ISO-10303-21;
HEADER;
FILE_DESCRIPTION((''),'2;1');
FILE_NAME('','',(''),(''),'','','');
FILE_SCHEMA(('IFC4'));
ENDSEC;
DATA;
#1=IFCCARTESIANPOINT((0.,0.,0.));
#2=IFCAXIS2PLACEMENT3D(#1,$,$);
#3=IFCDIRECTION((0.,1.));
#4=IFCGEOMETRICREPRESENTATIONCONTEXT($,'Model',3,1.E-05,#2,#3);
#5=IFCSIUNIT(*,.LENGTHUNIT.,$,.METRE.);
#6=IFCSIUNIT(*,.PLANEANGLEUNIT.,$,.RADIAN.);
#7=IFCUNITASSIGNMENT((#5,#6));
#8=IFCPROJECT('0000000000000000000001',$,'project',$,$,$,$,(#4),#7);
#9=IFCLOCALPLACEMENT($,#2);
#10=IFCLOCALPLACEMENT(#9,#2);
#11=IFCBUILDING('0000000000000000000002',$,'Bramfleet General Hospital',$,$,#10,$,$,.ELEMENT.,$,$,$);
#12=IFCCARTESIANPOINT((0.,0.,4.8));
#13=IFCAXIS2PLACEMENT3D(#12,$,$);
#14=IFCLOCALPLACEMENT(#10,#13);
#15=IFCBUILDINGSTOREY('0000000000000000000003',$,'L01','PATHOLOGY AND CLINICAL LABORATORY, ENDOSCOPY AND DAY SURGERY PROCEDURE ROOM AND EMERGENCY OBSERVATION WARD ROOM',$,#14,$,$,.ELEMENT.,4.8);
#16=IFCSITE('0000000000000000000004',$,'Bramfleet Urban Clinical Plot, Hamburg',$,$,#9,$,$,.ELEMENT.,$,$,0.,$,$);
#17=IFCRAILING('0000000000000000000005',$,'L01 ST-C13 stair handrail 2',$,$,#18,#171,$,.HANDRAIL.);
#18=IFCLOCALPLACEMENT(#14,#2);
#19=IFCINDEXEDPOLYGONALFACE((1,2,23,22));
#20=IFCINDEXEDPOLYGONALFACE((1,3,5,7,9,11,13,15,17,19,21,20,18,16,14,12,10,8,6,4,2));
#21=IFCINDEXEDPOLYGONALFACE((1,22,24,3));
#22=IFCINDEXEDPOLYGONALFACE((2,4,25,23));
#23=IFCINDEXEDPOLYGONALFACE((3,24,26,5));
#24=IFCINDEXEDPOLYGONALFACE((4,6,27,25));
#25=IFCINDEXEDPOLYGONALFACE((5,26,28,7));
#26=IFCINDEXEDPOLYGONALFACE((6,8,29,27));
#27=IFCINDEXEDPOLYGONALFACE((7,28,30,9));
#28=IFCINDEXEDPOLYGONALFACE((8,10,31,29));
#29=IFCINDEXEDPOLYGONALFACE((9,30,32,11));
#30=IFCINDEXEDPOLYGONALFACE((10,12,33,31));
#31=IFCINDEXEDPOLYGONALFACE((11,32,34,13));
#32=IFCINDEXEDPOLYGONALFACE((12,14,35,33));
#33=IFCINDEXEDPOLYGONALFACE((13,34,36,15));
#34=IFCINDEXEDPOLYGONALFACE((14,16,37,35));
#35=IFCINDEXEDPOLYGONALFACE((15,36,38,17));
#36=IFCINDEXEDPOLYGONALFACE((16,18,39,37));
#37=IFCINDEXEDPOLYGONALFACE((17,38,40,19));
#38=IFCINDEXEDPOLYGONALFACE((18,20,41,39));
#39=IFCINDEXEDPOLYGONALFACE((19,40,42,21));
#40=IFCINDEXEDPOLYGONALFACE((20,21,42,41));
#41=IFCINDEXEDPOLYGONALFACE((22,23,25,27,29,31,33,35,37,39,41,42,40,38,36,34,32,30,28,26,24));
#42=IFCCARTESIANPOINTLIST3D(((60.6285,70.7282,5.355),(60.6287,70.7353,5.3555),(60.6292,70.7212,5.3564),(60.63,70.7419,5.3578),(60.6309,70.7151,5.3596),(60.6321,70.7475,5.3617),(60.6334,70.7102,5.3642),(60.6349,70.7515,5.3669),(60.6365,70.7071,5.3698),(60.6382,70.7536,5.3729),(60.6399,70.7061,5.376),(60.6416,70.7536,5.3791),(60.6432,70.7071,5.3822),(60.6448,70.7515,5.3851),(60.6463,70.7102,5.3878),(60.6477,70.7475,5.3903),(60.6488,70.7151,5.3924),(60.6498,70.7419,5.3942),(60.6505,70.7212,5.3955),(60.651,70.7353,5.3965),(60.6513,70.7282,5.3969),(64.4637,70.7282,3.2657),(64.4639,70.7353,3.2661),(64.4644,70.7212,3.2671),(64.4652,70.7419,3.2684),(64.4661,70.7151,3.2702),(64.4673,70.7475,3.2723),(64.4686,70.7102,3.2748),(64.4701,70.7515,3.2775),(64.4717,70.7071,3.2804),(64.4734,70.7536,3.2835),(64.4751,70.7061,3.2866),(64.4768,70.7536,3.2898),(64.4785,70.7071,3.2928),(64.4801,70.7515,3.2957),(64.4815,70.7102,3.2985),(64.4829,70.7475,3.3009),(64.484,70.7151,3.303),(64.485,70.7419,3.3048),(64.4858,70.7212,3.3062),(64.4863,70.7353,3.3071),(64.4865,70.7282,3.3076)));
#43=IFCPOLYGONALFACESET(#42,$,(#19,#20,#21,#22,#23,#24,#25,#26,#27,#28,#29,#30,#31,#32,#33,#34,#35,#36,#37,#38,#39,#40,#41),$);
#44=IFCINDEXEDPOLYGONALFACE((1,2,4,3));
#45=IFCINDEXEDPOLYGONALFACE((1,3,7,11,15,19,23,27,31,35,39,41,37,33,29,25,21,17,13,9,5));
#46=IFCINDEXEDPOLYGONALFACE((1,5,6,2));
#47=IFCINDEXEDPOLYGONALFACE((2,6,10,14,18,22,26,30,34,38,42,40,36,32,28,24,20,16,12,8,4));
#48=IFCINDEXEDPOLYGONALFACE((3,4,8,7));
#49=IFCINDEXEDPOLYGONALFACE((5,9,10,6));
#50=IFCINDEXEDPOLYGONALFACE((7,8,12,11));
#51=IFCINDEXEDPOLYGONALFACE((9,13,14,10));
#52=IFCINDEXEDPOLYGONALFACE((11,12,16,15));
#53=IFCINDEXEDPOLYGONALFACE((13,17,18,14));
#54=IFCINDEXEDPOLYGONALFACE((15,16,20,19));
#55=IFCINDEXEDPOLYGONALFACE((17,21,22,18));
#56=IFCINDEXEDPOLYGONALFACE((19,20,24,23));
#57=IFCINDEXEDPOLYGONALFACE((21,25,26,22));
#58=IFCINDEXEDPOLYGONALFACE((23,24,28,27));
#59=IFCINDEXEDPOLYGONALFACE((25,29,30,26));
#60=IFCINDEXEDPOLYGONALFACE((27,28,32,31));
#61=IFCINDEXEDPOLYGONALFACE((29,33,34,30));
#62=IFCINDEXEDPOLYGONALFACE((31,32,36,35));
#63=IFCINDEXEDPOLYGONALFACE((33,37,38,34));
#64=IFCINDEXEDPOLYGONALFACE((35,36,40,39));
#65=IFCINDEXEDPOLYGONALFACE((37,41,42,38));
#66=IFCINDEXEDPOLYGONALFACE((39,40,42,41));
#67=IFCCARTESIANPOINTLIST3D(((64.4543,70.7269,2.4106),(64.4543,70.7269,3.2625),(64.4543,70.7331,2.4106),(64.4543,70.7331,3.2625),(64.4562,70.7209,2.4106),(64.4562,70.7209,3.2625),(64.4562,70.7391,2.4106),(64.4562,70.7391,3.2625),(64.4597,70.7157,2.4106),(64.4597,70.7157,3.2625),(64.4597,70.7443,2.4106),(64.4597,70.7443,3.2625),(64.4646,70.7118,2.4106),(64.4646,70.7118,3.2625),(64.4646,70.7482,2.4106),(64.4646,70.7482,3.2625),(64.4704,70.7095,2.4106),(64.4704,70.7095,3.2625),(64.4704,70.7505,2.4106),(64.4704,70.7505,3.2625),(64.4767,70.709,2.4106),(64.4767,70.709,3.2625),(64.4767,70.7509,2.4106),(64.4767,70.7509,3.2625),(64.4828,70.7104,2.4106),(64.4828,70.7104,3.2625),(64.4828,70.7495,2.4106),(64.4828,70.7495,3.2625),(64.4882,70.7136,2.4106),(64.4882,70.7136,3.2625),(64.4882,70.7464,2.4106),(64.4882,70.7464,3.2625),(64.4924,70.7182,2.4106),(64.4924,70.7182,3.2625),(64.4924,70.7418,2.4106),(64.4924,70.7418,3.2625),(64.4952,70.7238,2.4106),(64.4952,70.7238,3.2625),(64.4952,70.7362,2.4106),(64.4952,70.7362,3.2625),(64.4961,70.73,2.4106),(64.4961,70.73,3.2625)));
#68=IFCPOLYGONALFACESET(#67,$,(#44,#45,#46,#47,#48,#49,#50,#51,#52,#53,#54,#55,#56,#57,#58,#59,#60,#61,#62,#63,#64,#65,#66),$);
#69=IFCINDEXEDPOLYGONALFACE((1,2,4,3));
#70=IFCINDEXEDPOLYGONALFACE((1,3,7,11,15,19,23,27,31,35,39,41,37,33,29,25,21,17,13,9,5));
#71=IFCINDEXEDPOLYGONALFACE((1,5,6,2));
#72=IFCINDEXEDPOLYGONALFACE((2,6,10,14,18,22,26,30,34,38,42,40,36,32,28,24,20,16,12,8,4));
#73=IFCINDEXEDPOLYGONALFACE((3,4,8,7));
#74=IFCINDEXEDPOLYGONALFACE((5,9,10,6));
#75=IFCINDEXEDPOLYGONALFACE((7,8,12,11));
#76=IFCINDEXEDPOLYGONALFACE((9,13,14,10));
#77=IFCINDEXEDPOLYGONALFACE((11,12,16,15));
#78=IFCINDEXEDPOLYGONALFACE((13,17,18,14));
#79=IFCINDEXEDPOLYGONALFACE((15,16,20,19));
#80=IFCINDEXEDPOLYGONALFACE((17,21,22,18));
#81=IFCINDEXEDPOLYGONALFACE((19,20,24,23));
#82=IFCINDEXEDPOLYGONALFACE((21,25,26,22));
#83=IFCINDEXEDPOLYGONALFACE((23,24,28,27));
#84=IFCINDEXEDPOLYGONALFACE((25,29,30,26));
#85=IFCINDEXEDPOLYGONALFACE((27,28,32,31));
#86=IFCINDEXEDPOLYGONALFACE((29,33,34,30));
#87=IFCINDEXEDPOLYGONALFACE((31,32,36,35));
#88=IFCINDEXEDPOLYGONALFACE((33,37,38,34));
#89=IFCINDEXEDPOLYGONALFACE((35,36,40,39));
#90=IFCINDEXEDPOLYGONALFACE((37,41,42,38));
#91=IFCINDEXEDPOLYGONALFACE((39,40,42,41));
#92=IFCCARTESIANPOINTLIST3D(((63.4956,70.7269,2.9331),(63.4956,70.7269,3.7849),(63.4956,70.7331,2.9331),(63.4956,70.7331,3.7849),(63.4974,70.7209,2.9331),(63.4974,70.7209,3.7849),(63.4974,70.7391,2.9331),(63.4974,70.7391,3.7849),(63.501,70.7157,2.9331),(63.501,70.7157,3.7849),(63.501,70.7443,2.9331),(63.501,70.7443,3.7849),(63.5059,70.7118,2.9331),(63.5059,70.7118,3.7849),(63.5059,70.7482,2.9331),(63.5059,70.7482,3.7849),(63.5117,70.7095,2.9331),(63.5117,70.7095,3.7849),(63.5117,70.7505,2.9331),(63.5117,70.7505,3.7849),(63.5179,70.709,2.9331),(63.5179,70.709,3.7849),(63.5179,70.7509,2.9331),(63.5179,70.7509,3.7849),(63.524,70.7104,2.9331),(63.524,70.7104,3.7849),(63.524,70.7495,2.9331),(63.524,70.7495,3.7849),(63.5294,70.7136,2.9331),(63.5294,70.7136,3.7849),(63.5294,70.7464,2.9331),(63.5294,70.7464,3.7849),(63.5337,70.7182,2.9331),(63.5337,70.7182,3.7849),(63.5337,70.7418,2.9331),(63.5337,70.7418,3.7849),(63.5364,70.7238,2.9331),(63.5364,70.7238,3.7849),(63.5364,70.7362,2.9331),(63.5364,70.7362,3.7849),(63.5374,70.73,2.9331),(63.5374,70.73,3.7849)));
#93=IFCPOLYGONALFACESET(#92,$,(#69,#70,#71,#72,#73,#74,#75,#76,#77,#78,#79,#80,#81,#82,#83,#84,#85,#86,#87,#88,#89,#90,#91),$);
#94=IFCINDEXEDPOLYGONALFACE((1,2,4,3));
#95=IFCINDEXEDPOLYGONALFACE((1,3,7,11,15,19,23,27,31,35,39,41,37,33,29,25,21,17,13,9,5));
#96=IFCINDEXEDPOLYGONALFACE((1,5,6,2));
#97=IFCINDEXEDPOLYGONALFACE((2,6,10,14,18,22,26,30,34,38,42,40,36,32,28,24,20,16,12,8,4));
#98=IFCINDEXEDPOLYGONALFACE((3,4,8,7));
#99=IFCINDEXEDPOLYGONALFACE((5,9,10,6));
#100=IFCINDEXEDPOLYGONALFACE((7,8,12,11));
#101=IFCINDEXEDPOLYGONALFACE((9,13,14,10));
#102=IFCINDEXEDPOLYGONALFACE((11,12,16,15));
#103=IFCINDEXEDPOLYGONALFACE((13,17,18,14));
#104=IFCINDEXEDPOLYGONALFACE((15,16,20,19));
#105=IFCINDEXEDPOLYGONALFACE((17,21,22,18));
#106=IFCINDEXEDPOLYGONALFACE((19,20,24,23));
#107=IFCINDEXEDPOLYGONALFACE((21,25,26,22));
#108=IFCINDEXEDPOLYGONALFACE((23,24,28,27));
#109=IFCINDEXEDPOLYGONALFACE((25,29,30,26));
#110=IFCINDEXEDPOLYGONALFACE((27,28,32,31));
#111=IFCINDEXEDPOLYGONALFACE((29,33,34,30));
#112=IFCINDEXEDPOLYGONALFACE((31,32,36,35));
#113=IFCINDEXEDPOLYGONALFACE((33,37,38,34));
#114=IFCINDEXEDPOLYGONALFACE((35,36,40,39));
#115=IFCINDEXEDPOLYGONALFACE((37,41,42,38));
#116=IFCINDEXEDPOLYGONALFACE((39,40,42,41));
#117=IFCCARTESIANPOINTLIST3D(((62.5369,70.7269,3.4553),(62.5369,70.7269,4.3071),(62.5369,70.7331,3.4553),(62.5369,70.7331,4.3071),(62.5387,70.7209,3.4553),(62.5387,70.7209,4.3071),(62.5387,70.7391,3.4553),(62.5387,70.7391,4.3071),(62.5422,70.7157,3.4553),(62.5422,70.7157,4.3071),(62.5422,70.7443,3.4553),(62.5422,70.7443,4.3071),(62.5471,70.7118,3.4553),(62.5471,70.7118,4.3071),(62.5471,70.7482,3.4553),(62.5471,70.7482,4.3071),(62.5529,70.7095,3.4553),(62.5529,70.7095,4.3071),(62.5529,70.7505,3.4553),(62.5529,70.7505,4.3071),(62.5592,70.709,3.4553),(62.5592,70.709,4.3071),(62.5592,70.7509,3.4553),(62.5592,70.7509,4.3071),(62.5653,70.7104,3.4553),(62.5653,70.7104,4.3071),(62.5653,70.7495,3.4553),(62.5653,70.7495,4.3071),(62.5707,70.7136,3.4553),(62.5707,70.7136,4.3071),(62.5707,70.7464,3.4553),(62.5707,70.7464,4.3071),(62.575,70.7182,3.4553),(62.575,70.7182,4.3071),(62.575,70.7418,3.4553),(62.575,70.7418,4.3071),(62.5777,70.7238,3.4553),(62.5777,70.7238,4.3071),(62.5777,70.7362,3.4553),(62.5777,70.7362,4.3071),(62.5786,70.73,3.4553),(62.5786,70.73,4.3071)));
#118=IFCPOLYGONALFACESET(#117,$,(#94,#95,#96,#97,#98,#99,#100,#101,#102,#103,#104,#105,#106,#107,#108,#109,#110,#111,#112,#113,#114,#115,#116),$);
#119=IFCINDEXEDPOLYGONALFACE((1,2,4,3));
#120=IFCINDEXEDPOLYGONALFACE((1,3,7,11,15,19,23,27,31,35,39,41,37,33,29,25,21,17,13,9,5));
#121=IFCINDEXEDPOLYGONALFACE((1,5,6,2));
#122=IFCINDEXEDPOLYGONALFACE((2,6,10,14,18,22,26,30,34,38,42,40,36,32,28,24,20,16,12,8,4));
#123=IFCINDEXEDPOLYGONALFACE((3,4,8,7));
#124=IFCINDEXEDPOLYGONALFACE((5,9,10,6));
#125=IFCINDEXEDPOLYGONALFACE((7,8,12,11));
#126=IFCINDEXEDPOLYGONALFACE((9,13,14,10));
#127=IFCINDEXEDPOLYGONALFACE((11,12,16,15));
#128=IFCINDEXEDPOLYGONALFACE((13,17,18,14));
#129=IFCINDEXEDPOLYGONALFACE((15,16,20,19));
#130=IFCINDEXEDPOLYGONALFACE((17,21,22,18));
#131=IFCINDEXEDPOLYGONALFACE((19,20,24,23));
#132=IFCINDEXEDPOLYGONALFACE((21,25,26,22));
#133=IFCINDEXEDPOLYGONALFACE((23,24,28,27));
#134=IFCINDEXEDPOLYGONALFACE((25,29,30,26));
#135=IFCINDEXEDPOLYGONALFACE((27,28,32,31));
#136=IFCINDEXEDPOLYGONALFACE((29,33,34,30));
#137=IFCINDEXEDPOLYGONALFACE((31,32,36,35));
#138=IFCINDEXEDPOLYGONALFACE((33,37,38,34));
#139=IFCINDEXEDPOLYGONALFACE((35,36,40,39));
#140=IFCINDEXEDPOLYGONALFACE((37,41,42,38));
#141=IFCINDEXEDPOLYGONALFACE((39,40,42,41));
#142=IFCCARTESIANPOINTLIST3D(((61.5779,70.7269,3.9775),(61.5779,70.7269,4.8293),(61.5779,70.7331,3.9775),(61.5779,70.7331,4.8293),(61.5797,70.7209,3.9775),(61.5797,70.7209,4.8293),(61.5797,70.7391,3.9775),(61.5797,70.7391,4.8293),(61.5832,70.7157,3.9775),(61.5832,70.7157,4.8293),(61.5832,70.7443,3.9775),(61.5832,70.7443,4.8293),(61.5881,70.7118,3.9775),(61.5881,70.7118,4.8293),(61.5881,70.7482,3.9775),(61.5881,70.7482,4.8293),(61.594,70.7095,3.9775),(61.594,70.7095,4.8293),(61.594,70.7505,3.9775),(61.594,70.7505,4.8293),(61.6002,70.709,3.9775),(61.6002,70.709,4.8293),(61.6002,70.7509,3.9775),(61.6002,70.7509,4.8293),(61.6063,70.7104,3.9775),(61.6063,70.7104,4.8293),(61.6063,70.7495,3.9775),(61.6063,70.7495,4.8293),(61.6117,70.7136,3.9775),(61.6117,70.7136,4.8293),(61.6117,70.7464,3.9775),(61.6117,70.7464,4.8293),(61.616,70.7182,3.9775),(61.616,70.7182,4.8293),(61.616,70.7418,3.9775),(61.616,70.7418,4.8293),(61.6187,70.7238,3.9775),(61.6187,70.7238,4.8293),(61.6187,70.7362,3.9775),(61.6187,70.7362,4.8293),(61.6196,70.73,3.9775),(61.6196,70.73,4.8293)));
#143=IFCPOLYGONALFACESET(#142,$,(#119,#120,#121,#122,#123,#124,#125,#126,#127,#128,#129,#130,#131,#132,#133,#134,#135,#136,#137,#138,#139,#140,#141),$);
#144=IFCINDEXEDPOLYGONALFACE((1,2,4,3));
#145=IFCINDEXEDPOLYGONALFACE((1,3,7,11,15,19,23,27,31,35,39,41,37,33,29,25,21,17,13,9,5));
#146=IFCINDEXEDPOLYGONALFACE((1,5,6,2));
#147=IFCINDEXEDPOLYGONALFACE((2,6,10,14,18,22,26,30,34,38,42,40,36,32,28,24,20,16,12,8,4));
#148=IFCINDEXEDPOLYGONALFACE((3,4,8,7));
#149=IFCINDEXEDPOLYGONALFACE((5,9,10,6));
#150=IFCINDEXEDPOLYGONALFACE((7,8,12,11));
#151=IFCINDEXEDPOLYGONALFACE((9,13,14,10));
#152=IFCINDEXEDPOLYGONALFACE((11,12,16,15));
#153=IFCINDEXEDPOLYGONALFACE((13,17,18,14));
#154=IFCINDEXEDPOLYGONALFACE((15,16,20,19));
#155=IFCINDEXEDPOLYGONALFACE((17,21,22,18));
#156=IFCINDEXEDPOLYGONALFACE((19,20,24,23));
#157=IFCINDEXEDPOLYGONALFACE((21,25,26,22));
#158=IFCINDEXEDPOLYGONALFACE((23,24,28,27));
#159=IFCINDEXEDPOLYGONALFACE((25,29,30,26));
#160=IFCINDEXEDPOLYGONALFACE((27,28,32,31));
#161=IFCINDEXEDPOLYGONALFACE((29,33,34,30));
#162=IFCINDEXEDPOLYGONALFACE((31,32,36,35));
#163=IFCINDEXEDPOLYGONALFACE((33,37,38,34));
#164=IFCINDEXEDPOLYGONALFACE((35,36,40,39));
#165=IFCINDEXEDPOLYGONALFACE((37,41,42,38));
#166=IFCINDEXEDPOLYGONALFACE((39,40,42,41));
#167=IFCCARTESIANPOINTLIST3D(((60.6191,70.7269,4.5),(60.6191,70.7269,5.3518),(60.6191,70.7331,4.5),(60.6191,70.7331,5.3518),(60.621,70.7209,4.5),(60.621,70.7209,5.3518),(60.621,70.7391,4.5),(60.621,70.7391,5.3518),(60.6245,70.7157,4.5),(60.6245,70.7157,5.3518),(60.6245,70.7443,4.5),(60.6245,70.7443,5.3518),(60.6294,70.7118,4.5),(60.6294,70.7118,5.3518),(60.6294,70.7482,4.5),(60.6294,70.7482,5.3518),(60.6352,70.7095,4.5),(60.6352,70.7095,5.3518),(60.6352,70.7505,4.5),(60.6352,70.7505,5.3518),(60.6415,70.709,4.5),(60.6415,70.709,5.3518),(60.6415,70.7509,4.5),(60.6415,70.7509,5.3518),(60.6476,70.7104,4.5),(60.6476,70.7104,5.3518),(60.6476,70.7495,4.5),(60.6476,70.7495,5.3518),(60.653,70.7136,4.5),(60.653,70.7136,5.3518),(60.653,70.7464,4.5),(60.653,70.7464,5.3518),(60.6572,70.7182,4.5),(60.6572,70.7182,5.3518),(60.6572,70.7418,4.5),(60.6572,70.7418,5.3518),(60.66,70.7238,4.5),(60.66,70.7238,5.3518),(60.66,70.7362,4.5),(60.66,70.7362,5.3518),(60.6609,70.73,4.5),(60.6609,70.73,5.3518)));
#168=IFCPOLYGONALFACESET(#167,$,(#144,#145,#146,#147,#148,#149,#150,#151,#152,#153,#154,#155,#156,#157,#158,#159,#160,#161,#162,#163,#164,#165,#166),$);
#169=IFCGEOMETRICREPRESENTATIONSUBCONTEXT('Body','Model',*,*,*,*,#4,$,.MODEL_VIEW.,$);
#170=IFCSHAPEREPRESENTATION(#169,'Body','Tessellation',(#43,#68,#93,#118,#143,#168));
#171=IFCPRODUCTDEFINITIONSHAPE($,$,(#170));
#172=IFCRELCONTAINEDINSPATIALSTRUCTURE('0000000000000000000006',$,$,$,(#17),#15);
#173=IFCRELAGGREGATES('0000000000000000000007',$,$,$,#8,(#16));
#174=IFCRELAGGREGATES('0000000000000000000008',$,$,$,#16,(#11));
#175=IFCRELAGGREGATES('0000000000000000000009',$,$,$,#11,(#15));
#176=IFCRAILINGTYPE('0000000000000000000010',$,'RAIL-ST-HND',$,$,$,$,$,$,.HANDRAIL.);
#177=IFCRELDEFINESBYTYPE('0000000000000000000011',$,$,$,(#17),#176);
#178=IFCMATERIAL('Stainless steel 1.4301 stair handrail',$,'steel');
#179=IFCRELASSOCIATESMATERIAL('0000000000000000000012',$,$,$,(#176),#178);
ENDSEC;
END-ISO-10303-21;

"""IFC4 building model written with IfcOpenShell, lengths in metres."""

from ifc_helpers import new_model, si_unit, direction, frame, origin, origin_2d, place, context, subcontext, project, spatial, circle, extrude, material, type_object, element, save


model = new_model("IFC4")

# Units and contexts
model_context = context("Model", 3, precision=1e-05, world=origin(), true_north=direction((0.0, 1.0)))
body_context = subcontext(model_context, "Body", "Model", "MODEL_VIEW")
ifc_project = project(units=[si_unit("LENGTHUNIT", "METRE"), si_unit("PLANEANGLEUNIT", "RADIAN")], contexts=[model_context])

# Site, building, storey
site_placement = place(None, origin())
site = spatial("IfcSite", under=ifc_project, at=site_placement, Name="Bramfleet Urban Clinical Plot, Hamburg", CompositionType="ELEMENT", RefElevation=0.0)
building_placement = place(site_placement, origin())
building = spatial("IfcBuilding", under=site, at=building_placement, Name="Bramfleet General Hospital", CompositionType="ELEMENT")
storey_placement = place(building_placement, frame((0.0, 0.0, 4.8)))
storey = spatial("IfcBuildingStorey", under=building, at=storey_placement, Name="L01", Description="PATHOLOGY AND CLINICAL LABORATORY, ENDOSCOPY AND DAY SURGERY PROCEDURE ROOM AND EMERGENCY OBSERVATION WARD ROOM", CompositionType="ELEMENT", Elevation=4.8)

# Railing
ifc_material_1 = material(Name="Stainless steel 1.4301 stair handrail", Category="steel")
railing_type_1 = type_object("IfcRailingType", Name="RAIL-ST-HND", PredefinedType="HANDRAIL", material=ifc_material_1)
railing_1_placement = place(storey_placement, frame((64.4751, 70.73, 2.4106)))
element("IfcRailing", 1, at=railing_1_placement, inside=storey, type_object=railing_type_1, Name="L01 ST-C13 stair handrail 2", PredefinedType="HANDRAIL", context=body_context, shape_type="SweptSolid", body=[
    extrude(circle(Radius=0.0239, at=origin_2d()), frame((0.0, 0.0, 0.876), z_axis=(-0.878143, 0.0, 0.478398), x_axis=(0.0, -1.0, 0.0)), (0.0, 0.0, 1.0), 4.3674),
    extrude(circle(Radius=0.021, at=origin_2d()), origin(), (0.0, 0.0, 1.0), 0.8518),
    extrude(circle(Radius=0.021, at=origin_2d()), frame((-0.9587, 0.0, 0.5225)), (0.0, 0.0, 1.0), 0.8518),
    extrude(circle(Radius=0.021, at=origin_2d()), frame((-1.9175, 0.0, 1.0447)), (0.0, 0.0, 1.0), 0.8518),
    extrude(circle(Radius=0.021, at=origin_2d()), frame((-2.8765, 0.0, 1.5669)), (0.0, 0.0, 1.0), 0.8518),
    extrude(circle(Radius=0.021, at=origin_2d()), frame((-3.8352, 0.0, 2.0894)), (0.0, 0.0, 1.0), 0.8518),
])

save(model, "model.ifc")
